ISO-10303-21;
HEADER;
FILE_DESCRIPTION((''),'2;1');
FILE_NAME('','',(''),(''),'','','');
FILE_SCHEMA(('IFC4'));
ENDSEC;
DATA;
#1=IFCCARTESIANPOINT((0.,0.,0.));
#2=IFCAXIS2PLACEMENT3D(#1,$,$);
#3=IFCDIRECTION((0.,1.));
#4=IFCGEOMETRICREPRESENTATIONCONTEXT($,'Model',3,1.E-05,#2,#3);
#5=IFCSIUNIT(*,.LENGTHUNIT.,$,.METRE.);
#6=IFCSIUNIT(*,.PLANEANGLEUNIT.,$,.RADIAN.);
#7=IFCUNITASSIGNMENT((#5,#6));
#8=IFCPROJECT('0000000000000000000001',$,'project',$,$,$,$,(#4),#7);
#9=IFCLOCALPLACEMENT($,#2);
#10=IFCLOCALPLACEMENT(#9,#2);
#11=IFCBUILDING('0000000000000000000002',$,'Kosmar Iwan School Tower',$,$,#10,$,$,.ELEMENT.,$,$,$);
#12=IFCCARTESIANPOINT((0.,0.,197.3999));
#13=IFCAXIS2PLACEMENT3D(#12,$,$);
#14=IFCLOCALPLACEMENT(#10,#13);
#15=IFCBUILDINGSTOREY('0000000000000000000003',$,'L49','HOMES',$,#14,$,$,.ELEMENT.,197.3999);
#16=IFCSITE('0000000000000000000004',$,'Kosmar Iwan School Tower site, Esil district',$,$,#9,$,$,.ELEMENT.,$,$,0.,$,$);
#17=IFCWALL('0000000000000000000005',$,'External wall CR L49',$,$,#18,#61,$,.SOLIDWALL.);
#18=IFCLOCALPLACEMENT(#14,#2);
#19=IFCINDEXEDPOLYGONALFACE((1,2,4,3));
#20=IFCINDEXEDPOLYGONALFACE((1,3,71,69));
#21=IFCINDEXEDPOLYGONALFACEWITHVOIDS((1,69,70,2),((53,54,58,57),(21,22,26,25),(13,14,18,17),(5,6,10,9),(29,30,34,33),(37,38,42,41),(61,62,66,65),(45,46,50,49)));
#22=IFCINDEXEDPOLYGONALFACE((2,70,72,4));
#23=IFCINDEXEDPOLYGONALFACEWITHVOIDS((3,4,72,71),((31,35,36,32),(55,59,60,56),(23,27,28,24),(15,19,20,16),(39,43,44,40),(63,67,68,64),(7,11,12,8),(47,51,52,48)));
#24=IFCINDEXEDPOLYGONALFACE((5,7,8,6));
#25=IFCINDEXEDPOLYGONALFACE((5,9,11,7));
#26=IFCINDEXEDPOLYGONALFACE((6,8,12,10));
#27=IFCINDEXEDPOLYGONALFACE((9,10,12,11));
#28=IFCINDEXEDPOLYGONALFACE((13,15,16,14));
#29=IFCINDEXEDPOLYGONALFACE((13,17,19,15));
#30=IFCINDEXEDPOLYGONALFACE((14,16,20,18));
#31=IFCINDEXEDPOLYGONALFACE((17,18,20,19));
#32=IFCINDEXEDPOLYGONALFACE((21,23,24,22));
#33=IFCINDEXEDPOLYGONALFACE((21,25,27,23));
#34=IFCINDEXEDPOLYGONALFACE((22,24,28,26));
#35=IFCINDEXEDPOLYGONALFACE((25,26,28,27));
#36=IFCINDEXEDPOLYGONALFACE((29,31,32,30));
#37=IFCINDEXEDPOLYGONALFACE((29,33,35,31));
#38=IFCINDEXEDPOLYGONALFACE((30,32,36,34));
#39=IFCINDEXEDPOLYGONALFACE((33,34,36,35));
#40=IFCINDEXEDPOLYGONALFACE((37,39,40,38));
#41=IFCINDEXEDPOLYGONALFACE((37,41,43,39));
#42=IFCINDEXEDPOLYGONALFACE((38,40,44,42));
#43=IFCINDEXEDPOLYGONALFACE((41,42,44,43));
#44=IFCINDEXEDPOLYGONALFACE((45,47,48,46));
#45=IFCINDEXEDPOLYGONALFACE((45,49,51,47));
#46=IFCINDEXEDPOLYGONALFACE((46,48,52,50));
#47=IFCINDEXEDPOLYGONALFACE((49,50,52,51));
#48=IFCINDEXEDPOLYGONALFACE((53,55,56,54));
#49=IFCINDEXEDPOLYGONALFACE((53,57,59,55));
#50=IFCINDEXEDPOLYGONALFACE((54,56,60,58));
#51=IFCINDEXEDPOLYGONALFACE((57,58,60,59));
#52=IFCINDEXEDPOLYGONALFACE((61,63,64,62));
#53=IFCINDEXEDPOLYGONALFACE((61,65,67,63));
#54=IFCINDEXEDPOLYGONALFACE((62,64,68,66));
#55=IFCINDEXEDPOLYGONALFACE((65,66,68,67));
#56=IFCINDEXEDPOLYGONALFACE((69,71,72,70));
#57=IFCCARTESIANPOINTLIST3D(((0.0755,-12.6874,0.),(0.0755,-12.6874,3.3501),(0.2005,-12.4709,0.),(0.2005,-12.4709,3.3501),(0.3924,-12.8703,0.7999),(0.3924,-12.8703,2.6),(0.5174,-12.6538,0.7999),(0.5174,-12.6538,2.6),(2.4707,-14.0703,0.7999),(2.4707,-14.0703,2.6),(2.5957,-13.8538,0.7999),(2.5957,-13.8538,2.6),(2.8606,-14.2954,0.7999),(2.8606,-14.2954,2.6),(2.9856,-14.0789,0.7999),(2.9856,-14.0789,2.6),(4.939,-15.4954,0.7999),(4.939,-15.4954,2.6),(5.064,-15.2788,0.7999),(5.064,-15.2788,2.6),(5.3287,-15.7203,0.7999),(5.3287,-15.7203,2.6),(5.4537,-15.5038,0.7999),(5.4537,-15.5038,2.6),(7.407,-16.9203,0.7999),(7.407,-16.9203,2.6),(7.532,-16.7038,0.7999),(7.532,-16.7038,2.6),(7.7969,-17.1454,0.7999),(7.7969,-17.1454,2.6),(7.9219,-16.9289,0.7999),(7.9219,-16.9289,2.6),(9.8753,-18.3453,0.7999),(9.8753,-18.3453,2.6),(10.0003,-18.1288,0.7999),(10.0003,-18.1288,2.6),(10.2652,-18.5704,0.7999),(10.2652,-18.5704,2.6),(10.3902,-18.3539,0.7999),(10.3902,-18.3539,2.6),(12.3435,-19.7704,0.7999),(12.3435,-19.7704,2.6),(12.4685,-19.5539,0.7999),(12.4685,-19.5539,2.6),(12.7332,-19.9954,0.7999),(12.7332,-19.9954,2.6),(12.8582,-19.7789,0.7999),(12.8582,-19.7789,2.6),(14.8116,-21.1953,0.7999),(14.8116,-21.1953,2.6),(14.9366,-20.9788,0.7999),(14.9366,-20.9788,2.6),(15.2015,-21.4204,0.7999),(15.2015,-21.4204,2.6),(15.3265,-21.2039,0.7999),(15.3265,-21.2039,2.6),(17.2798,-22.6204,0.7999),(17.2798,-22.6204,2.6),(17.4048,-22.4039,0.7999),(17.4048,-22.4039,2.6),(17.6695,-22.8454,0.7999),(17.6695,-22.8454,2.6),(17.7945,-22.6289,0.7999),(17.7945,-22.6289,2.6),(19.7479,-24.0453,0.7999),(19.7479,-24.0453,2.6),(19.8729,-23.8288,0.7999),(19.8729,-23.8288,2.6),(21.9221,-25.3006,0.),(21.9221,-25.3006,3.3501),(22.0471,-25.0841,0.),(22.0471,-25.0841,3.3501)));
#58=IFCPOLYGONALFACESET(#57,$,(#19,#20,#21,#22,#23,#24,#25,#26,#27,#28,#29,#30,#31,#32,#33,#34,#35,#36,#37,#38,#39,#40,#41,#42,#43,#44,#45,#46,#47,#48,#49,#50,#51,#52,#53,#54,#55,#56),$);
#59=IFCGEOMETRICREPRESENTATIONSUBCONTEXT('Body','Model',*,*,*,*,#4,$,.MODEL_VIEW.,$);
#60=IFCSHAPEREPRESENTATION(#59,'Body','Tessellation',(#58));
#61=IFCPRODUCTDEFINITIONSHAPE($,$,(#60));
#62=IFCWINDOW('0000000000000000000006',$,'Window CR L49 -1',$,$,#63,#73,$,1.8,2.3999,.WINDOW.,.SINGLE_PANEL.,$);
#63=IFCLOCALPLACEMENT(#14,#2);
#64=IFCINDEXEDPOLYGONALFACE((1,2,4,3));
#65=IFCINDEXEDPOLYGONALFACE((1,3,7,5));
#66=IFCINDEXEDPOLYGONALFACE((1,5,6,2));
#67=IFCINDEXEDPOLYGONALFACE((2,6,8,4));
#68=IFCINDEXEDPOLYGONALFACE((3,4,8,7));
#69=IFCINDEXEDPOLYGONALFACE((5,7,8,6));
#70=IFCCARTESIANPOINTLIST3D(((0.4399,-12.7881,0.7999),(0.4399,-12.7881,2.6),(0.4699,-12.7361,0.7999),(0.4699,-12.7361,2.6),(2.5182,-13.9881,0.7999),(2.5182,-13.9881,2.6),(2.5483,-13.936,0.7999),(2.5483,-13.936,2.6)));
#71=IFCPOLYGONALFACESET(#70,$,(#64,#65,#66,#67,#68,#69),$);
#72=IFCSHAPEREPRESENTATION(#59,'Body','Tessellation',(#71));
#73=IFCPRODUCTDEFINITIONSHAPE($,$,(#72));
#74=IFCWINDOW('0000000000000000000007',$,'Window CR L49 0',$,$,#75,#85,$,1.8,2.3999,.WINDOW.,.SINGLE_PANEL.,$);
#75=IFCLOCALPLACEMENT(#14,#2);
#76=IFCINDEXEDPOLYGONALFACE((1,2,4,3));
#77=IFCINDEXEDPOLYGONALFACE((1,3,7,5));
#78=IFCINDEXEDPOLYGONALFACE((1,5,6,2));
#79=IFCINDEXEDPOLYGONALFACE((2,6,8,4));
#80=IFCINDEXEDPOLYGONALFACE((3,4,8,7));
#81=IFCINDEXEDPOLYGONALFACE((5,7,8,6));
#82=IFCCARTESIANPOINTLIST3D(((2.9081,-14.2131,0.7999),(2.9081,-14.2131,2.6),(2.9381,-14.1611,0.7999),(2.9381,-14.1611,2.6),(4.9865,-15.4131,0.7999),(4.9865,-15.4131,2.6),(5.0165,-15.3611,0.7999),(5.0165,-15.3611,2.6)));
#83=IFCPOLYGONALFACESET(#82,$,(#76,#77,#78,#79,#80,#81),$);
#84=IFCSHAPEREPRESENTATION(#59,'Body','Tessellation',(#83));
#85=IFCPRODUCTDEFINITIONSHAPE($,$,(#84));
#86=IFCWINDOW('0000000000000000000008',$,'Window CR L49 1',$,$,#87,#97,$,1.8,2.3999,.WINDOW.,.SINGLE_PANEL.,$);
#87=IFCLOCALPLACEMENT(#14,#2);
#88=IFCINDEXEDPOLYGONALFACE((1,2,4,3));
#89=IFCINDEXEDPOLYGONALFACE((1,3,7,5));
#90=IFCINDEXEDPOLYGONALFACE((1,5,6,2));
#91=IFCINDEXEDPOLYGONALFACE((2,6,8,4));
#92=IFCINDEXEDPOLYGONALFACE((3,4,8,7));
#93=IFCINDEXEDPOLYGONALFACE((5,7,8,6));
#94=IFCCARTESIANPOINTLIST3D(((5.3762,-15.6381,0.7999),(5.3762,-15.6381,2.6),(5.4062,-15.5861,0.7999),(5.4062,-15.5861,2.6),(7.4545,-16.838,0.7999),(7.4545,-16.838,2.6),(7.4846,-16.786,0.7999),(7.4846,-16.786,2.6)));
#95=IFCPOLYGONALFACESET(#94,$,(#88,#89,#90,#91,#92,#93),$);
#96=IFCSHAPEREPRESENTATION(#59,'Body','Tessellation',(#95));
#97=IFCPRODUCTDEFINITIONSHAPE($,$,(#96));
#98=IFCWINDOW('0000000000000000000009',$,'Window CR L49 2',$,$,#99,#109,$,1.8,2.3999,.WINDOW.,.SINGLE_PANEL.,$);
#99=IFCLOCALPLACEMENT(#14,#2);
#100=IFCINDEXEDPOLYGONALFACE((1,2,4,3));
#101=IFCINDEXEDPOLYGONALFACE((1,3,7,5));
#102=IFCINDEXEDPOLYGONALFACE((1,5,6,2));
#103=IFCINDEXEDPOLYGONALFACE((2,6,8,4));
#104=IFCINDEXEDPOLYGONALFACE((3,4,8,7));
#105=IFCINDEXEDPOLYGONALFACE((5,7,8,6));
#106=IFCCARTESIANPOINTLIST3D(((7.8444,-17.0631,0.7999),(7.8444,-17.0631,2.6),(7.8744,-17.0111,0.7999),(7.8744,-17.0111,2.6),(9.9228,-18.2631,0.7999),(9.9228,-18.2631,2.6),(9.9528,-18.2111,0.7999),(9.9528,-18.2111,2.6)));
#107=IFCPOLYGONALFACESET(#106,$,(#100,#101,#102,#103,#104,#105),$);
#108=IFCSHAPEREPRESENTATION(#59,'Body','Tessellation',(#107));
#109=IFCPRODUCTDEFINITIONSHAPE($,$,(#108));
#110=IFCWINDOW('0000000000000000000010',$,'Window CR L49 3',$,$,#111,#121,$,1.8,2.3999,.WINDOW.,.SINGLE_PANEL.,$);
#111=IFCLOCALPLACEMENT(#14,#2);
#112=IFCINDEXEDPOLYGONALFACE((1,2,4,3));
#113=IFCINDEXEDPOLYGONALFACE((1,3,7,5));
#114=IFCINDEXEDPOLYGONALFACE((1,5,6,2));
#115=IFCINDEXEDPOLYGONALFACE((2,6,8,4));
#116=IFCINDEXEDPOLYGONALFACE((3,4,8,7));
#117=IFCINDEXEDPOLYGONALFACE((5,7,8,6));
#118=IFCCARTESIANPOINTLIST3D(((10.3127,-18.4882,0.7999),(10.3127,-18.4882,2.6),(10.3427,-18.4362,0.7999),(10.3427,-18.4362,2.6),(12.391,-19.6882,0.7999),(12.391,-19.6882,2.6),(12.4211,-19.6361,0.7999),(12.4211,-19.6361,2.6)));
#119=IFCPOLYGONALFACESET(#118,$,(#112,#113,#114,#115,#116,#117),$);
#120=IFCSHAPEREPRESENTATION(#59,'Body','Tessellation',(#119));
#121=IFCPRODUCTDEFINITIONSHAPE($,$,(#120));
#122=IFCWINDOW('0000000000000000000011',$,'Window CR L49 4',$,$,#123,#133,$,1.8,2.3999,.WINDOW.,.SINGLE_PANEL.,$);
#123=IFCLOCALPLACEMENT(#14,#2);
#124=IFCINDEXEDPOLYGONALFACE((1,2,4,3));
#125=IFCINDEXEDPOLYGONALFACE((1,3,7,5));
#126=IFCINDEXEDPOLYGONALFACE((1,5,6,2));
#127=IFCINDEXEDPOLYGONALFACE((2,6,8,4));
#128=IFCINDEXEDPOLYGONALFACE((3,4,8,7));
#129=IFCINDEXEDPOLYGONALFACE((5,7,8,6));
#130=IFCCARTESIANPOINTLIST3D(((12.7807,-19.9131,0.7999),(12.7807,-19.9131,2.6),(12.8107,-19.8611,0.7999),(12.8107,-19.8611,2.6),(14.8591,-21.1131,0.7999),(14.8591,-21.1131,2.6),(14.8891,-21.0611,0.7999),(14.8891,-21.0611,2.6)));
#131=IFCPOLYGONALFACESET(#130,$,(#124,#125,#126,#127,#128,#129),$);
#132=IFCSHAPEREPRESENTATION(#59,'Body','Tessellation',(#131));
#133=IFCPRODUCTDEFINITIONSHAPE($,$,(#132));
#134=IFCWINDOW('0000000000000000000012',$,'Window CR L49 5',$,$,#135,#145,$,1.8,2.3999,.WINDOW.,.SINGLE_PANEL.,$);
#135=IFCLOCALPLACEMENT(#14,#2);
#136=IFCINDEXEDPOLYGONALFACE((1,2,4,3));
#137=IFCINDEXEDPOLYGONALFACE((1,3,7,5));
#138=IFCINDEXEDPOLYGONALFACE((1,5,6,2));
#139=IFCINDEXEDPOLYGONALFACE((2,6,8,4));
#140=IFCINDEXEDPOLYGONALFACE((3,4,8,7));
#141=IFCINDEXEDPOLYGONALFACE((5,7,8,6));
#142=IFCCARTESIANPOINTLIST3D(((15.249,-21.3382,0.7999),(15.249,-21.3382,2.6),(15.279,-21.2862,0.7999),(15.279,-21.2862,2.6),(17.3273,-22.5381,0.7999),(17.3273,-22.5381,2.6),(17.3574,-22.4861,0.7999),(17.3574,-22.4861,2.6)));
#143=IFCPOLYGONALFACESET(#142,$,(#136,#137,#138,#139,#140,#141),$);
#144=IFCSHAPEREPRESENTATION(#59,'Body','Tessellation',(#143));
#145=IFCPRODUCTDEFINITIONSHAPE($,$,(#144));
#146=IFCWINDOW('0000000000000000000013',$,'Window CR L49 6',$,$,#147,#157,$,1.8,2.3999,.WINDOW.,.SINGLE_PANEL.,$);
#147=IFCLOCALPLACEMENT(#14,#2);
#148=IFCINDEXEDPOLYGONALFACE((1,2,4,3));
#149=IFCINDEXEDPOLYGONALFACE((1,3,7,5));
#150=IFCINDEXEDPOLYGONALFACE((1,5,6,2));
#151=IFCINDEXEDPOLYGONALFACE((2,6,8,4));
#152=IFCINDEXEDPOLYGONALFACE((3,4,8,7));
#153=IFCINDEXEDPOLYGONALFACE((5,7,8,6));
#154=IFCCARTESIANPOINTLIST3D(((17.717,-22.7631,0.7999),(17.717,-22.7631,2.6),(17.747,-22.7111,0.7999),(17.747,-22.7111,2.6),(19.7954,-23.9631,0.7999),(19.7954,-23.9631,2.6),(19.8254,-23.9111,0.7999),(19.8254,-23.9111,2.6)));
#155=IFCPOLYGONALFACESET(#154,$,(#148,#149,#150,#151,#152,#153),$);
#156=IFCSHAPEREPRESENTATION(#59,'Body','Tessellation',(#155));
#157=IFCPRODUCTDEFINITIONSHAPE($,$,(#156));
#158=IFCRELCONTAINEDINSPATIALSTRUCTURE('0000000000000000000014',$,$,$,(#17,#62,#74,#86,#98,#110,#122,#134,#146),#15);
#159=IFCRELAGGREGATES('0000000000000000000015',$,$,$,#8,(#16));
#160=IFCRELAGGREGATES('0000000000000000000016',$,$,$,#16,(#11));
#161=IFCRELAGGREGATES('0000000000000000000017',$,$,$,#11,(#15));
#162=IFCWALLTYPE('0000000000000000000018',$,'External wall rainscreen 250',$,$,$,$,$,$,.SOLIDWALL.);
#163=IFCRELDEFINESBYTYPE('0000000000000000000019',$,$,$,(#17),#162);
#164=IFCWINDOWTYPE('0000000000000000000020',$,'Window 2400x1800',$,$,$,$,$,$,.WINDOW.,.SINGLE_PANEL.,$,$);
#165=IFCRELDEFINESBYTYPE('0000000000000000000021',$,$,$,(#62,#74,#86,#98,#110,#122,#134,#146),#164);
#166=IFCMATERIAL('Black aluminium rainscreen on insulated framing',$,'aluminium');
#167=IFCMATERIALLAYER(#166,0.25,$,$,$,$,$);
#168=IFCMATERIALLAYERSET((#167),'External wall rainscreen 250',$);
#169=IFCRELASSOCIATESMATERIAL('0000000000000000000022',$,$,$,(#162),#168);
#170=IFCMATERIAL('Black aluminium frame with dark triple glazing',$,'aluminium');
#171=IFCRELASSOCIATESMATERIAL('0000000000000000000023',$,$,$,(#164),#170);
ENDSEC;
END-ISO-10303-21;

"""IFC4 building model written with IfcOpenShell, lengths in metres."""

from ifc_helpers import new_model, si_unit, direction, frame, frame_2d, origin, place, context, subcontext, project, spatial, rectangle, extrude, material, layer, layer_set, type_object, element, fill, save


model = new_model("IFC4")

# Units and contexts
model_context = context("Model", 3, precision=1e-05, world=origin(), true_north=direction((0.0, 1.0)))
body_context = subcontext(model_context, "Body", "Model", "MODEL_VIEW")
ifc_project = project(units=[si_unit("LENGTHUNIT", "METRE"), si_unit("PLANEANGLEUNIT", "RADIAN")], contexts=[model_context])

# Site, building, storey
site_placement = place(None, origin())
site = spatial("IfcSite", under=ifc_project, at=site_placement, Name="Kosmar Iwan School Tower site, Esil district", CompositionType="ELEMENT", RefElevation=0.0)
building_placement = place(site_placement, origin())
building = spatial("IfcBuilding", under=site, at=building_placement, Name="Kosmar Iwan School Tower", CompositionType="ELEMENT")
storey_placement = place(building_placement, frame((0.0, 0.0, 197.3999)))
storey = spatial("IfcBuildingStorey", under=building, at=storey_placement, Name="L49", Description="HOMES", CompositionType="ELEMENT", Elevation=197.3999)

# Wall, openings, windows
ifc_material_1 = material(Name="Black aluminium rainscreen on insulated framing", Category="aluminium")
ifc_layer_1 = layer(ifc_material_1, 0.25)
ifc_layer_set_1 = layer_set([ifc_layer_1], Name="External wall rainscreen 250")
wall_type_1 = type_object("IfcWallType", Name="External wall rainscreen 250", PredefinedType="SOLIDWALL", material=ifc_layer_set_1)
ifc_material_2 = material(Name="Black aluminium frame with dark triple glazing", Category="aluminium")
window_type = type_object("IfcWindowType", Name="Window 2400x1800", PartitioningType="SINGLE_PANEL", PredefinedType="WINDOW", material=ifc_material_2)
wall_1_placement = place(storey_placement, frame((0.1379, -12.5791, 0.0), z_axis=(0.0, 0.0, 1.0), x_axis=(0.866024, -0.500003, 0.0)))
wall_1 = element("IfcWall", 1, at=wall_1_placement, inside=storey, type_object=wall_type_1, Name="External wall CR L49", PredefinedType="SOLIDWALL", context=body_context, shape_type="SweptSolid", body=[
    extrude(rectangle(XDim=25.2263, YDim=0.25, at=frame_2d((12.6133, 0.0))), origin(), (0.0, 0.0, 1.0), 3.3501),
])
opening_1_placement = place(wall_1_placement, frame((0.366, 0.0, 0.8)))
opening_1 = element("IfcOpeningElement", 2, at=opening_1_placement, cuts=wall_1, PredefinedType="OPENING", context=body_context, shape_type="SweptSolid", body=[
    extrude(rectangle(XDim=2.3999, YDim=1.8, at=frame_2d((1.2, 0.8999))), frame((0.0, 0.137, 0.0), z_axis=(0.0, -1.0, 0.0), x_axis=(1.0, 0.0, 0.0)), (0.0, 0.0, 1.0), 0.2739),
])
opening_2_placement = place(wall_1_placement, frame((3.2161, 0.0, 0.8)))
opening_2 = element("IfcOpeningElement", 3, at=opening_2_placement, cuts=wall_1, PredefinedType="OPENING", context=body_context, shape_type="SweptSolid", body=[
    extrude(rectangle(XDim=2.3999, YDim=1.8, at=frame_2d((1.2, 0.8999))), frame((0.0, 0.137, 0.0), z_axis=(0.0, -1.0, 0.0), x_axis=(1.0, 0.0, 0.0)), (0.0, 0.0, 1.0), 0.2739),
])
opening_3_placement = place(wall_1_placement, frame((6.0659, 0.0, 0.8)))
opening_3 = element("IfcOpeningElement", 4, at=opening_3_placement, cuts=wall_1, PredefinedType="OPENING", context=body_context, shape_type="SweptSolid", body=[
    extrude(rectangle(XDim=2.3999, YDim=1.8, at=frame_2d((1.2, 0.8999))), frame((0.0, 0.137, 0.0), z_axis=(0.0, -1.0, 0.0), x_axis=(1.0, 0.0, 0.0)), (0.0, 0.0, 1.0), 0.2739),
])
opening_4_placement = place(wall_1_placement, frame((8.916, 0.0, 0.8)))
opening_4 = element("IfcOpeningElement", 5, at=opening_4_placement, cuts=wall_1, PredefinedType="OPENING", context=body_context, shape_type="SweptSolid", body=[
    extrude(rectangle(XDim=2.3999, YDim=1.8, at=frame_2d((1.2, 0.8999))), frame((0.0, 0.137, 0.0), z_axis=(0.0, -1.0, 0.0), x_axis=(1.0, 0.0, 0.0)), (0.0, 0.0, 1.0), 0.2739),
])
opening_5_placement = place(wall_1_placement, frame((11.7661, 0.0, 0.8)))
opening_5 = element("IfcOpeningElement", 6, at=opening_5_placement, cuts=wall_1, PredefinedType="OPENING", context=body_context, shape_type="SweptSolid", body=[
    extrude(rectangle(XDim=2.3999, YDim=1.8, at=frame_2d((1.2, 0.8999))), frame((0.0, 0.137, 0.0), z_axis=(0.0, -1.0, 0.0), x_axis=(1.0, 0.0, 0.0)), (0.0, 0.0, 1.0), 0.2739),
])
opening_6_placement = place(wall_1_placement, frame((14.616, 0.0, 0.8)))
opening_6 = element("IfcOpeningElement", 7, at=opening_6_placement, cuts=wall_1, PredefinedType="OPENING", context=body_context, shape_type="SweptSolid", body=[
    extrude(rectangle(XDim=2.3999, YDim=1.8, at=frame_2d((1.2, 0.8999))), frame((0.0, 0.137, 0.0), z_axis=(0.0, -1.0, 0.0), x_axis=(1.0, 0.0, 0.0)), (0.0, 0.0, 1.0), 0.2739),
])
opening_7_placement = place(wall_1_placement, frame((17.4661, 0.0, 0.8)))
opening_7 = element("IfcOpeningElement", 8, at=opening_7_placement, cuts=wall_1, PredefinedType="OPENING", context=body_context, shape_type="SweptSolid", body=[
    extrude(rectangle(XDim=2.3999, YDim=1.8, at=frame_2d((1.2, 0.8999))), frame((0.0, 0.137, 0.0), z_axis=(0.0, -1.0, 0.0), x_axis=(1.0, 0.0, 0.0)), (0.0, 0.0, 1.0), 0.2739),
])
opening_8_placement = place(wall_1_placement, frame((20.3159, 0.0, 0.8)))
opening_8 = element("IfcOpeningElement", 9, at=opening_8_placement, cuts=wall_1, PredefinedType="OPENING", context=body_context, shape_type="SweptSolid", body=[
    extrude(rectangle(XDim=2.3999, YDim=1.8, at=frame_2d((1.2, 0.8999))), frame((0.0, 0.137, 0.0), z_axis=(0.0, -1.0, 0.0), x_axis=(1.0, 0.0, 0.0)), (0.0, 0.0, 1.0), 0.2739),
])
window_1_placement = place(opening_1_placement, origin())
window_1 = element("IfcWindow", 10, at=window_1_placement, inside=storey, type_object=window_type, Name="Window CR L49 -1", OverallHeight=1.8, OverallWidth=2.3999, PartitioningType="SINGLE_PANEL", PredefinedType="WINDOW", context=body_context, shape_type="SweptSolid", body=[
    extrude(rectangle(XDim=2.3999, YDim=1.8, at=frame_2d((1.2, 0.8999))), frame((0.0, 0.03, 0.0), z_axis=(0.0, -1.0, 0.0), x_axis=(1.0, 0.0, 0.0)), (0.0, 0.0, 1.0), 0.0601),
])
fill(opening_1, window_1)
window_2_placement = place(opening_2_placement, origin())
window_2 = element("IfcWindow", 11, at=window_2_placement, inside=storey, type_object=window_type, Name="Window CR L49 0", OverallHeight=1.8, OverallWidth=2.3999, PartitioningType="SINGLE_PANEL", PredefinedType="WINDOW", context=body_context, shape_type="SweptSolid", body=[
    extrude(rectangle(XDim=2.3999, YDim=1.8, at=frame_2d((1.2, 0.8999))), frame((0.0, 0.03, 0.0), z_axis=(0.0, -1.0, 0.0), x_axis=(1.0, 0.0, 0.0)), (0.0, 0.0, 1.0), 0.0601),
])
fill(opening_2, window_2)
window_3_placement = place(opening_3_placement, origin())
window_3 = element("IfcWindow", 12, at=window_3_placement, inside=storey, type_object=window_type, Name="Window CR L49 1", OverallHeight=1.8, OverallWidth=2.3999, PartitioningType="SINGLE_PANEL", PredefinedType="WINDOW", context=body_context, shape_type="SweptSolid", body=[
    extrude(rectangle(XDim=2.3999, YDim=1.8, at=frame_2d((1.2, 0.8999))), frame((0.0, 0.03, 0.0), z_axis=(0.0, -1.0, 0.0), x_axis=(1.0, 0.0, 0.0)), (0.0, 0.0, 1.0), 0.0601),
])
fill(opening_3, window_3)
window_4_placement = place(opening_4_placement, origin())
window_4 = element("IfcWindow", 13, at=window_4_placement, inside=storey, type_object=window_type, Name="Window CR L49 2", OverallHeight=1.8, OverallWidth=2.3999, PartitioningType="SINGLE_PANEL", PredefinedType="WINDOW", context=body_context, shape_type="SweptSolid", body=[
    extrude(rectangle(XDim=2.3999, YDim=1.8, at=frame_2d((1.2, 0.8999))), frame((0.0, 0.03, 0.0), z_axis=(0.0, -1.0, 0.0), x_axis=(1.0, 0.0, 0.0)), (0.0, 0.0, 1.0), 0.0601),
])
fill(opening_4, window_4)
window_5_placement = place(opening_5_placement, origin())
window_5 = element("IfcWindow", 14, at=window_5_placement, inside=storey, type_object=window_type, Name="Window CR L49 3", OverallHeight=1.8, OverallWidth=2.3999, PartitioningType="SINGLE_PANEL", PredefinedType="WINDOW", context=body_context, shape_type="SweptSolid", body=[
    extrude(rectangle(XDim=2.3999, YDim=1.8, at=frame_2d((1.2, 0.8999))), frame((0.0, 0.03, 0.0), z_axis=(0.0, -1.0, 0.0), x_axis=(1.0, 0.0, 0.0)), (0.0, 0.0, 1.0), 0.0601),
])
fill(opening_5, window_5)
window_6_placement = place(opening_6_placement, origin())
window_6 = element("IfcWindow", 15, at=window_6_placement, inside=storey, type_object=window_type, Name="Window CR L49 4", OverallHeight=1.8, OverallWidth=2.3999, PartitioningType="SINGLE_PANEL", PredefinedType="WINDOW", context=body_context, shape_type="SweptSolid", body=[
    extrude(rectangle(XDim=2.3999, YDim=1.8, at=frame_2d((1.2, 0.8999))), frame((0.0, 0.03, 0.0), z_axis=(0.0, -1.0, 0.0), x_axis=(1.0, 0.0, 0.0)), (0.0, 0.0, 1.0), 0.0601),
])
fill(opening_6, window_6)
window_7_placement = place(opening_7_placement, origin())
window_7 = element("IfcWindow", 16, at=window_7_placement, inside=storey, type_object=window_type, Name="Window CR L49 5", OverallHeight=1.8, OverallWidth=2.3999, PartitioningType="SINGLE_PANEL", PredefinedType="WINDOW", context=body_context, shape_type="SweptSolid", body=[
    extrude(rectangle(XDim=2.3999, YDim=1.8, at=frame_2d((1.2, 0.8999))), frame((0.0, 0.03, 0.0), z_axis=(0.0, -1.0, 0.0), x_axis=(1.0, 0.0, 0.0)), (0.0, 0.0, 1.0), 0.0601),
])
fill(opening_7, window_7)
window_8_placement = place(opening_8_placement, origin())
window_8 = element("IfcWindow", 17, at=window_8_placement, inside=storey, type_object=window_type, Name="Window CR L49 6", OverallHeight=1.8, OverallWidth=2.3999, PartitioningType="SINGLE_PANEL", PredefinedType="WINDOW", context=body_context, shape_type="SweptSolid", body=[
    extrude(rectangle(XDim=2.3999, YDim=1.8, at=frame_2d((1.2, 0.8999))), frame((0.0, 0.03, 0.0), z_axis=(0.0, -1.0, 0.0), x_axis=(1.0, 0.0, 0.0)), (0.0, 0.0, 1.0), 0.0601),
])
fill(opening_8, window_8)

save(model, "model.ifc")
